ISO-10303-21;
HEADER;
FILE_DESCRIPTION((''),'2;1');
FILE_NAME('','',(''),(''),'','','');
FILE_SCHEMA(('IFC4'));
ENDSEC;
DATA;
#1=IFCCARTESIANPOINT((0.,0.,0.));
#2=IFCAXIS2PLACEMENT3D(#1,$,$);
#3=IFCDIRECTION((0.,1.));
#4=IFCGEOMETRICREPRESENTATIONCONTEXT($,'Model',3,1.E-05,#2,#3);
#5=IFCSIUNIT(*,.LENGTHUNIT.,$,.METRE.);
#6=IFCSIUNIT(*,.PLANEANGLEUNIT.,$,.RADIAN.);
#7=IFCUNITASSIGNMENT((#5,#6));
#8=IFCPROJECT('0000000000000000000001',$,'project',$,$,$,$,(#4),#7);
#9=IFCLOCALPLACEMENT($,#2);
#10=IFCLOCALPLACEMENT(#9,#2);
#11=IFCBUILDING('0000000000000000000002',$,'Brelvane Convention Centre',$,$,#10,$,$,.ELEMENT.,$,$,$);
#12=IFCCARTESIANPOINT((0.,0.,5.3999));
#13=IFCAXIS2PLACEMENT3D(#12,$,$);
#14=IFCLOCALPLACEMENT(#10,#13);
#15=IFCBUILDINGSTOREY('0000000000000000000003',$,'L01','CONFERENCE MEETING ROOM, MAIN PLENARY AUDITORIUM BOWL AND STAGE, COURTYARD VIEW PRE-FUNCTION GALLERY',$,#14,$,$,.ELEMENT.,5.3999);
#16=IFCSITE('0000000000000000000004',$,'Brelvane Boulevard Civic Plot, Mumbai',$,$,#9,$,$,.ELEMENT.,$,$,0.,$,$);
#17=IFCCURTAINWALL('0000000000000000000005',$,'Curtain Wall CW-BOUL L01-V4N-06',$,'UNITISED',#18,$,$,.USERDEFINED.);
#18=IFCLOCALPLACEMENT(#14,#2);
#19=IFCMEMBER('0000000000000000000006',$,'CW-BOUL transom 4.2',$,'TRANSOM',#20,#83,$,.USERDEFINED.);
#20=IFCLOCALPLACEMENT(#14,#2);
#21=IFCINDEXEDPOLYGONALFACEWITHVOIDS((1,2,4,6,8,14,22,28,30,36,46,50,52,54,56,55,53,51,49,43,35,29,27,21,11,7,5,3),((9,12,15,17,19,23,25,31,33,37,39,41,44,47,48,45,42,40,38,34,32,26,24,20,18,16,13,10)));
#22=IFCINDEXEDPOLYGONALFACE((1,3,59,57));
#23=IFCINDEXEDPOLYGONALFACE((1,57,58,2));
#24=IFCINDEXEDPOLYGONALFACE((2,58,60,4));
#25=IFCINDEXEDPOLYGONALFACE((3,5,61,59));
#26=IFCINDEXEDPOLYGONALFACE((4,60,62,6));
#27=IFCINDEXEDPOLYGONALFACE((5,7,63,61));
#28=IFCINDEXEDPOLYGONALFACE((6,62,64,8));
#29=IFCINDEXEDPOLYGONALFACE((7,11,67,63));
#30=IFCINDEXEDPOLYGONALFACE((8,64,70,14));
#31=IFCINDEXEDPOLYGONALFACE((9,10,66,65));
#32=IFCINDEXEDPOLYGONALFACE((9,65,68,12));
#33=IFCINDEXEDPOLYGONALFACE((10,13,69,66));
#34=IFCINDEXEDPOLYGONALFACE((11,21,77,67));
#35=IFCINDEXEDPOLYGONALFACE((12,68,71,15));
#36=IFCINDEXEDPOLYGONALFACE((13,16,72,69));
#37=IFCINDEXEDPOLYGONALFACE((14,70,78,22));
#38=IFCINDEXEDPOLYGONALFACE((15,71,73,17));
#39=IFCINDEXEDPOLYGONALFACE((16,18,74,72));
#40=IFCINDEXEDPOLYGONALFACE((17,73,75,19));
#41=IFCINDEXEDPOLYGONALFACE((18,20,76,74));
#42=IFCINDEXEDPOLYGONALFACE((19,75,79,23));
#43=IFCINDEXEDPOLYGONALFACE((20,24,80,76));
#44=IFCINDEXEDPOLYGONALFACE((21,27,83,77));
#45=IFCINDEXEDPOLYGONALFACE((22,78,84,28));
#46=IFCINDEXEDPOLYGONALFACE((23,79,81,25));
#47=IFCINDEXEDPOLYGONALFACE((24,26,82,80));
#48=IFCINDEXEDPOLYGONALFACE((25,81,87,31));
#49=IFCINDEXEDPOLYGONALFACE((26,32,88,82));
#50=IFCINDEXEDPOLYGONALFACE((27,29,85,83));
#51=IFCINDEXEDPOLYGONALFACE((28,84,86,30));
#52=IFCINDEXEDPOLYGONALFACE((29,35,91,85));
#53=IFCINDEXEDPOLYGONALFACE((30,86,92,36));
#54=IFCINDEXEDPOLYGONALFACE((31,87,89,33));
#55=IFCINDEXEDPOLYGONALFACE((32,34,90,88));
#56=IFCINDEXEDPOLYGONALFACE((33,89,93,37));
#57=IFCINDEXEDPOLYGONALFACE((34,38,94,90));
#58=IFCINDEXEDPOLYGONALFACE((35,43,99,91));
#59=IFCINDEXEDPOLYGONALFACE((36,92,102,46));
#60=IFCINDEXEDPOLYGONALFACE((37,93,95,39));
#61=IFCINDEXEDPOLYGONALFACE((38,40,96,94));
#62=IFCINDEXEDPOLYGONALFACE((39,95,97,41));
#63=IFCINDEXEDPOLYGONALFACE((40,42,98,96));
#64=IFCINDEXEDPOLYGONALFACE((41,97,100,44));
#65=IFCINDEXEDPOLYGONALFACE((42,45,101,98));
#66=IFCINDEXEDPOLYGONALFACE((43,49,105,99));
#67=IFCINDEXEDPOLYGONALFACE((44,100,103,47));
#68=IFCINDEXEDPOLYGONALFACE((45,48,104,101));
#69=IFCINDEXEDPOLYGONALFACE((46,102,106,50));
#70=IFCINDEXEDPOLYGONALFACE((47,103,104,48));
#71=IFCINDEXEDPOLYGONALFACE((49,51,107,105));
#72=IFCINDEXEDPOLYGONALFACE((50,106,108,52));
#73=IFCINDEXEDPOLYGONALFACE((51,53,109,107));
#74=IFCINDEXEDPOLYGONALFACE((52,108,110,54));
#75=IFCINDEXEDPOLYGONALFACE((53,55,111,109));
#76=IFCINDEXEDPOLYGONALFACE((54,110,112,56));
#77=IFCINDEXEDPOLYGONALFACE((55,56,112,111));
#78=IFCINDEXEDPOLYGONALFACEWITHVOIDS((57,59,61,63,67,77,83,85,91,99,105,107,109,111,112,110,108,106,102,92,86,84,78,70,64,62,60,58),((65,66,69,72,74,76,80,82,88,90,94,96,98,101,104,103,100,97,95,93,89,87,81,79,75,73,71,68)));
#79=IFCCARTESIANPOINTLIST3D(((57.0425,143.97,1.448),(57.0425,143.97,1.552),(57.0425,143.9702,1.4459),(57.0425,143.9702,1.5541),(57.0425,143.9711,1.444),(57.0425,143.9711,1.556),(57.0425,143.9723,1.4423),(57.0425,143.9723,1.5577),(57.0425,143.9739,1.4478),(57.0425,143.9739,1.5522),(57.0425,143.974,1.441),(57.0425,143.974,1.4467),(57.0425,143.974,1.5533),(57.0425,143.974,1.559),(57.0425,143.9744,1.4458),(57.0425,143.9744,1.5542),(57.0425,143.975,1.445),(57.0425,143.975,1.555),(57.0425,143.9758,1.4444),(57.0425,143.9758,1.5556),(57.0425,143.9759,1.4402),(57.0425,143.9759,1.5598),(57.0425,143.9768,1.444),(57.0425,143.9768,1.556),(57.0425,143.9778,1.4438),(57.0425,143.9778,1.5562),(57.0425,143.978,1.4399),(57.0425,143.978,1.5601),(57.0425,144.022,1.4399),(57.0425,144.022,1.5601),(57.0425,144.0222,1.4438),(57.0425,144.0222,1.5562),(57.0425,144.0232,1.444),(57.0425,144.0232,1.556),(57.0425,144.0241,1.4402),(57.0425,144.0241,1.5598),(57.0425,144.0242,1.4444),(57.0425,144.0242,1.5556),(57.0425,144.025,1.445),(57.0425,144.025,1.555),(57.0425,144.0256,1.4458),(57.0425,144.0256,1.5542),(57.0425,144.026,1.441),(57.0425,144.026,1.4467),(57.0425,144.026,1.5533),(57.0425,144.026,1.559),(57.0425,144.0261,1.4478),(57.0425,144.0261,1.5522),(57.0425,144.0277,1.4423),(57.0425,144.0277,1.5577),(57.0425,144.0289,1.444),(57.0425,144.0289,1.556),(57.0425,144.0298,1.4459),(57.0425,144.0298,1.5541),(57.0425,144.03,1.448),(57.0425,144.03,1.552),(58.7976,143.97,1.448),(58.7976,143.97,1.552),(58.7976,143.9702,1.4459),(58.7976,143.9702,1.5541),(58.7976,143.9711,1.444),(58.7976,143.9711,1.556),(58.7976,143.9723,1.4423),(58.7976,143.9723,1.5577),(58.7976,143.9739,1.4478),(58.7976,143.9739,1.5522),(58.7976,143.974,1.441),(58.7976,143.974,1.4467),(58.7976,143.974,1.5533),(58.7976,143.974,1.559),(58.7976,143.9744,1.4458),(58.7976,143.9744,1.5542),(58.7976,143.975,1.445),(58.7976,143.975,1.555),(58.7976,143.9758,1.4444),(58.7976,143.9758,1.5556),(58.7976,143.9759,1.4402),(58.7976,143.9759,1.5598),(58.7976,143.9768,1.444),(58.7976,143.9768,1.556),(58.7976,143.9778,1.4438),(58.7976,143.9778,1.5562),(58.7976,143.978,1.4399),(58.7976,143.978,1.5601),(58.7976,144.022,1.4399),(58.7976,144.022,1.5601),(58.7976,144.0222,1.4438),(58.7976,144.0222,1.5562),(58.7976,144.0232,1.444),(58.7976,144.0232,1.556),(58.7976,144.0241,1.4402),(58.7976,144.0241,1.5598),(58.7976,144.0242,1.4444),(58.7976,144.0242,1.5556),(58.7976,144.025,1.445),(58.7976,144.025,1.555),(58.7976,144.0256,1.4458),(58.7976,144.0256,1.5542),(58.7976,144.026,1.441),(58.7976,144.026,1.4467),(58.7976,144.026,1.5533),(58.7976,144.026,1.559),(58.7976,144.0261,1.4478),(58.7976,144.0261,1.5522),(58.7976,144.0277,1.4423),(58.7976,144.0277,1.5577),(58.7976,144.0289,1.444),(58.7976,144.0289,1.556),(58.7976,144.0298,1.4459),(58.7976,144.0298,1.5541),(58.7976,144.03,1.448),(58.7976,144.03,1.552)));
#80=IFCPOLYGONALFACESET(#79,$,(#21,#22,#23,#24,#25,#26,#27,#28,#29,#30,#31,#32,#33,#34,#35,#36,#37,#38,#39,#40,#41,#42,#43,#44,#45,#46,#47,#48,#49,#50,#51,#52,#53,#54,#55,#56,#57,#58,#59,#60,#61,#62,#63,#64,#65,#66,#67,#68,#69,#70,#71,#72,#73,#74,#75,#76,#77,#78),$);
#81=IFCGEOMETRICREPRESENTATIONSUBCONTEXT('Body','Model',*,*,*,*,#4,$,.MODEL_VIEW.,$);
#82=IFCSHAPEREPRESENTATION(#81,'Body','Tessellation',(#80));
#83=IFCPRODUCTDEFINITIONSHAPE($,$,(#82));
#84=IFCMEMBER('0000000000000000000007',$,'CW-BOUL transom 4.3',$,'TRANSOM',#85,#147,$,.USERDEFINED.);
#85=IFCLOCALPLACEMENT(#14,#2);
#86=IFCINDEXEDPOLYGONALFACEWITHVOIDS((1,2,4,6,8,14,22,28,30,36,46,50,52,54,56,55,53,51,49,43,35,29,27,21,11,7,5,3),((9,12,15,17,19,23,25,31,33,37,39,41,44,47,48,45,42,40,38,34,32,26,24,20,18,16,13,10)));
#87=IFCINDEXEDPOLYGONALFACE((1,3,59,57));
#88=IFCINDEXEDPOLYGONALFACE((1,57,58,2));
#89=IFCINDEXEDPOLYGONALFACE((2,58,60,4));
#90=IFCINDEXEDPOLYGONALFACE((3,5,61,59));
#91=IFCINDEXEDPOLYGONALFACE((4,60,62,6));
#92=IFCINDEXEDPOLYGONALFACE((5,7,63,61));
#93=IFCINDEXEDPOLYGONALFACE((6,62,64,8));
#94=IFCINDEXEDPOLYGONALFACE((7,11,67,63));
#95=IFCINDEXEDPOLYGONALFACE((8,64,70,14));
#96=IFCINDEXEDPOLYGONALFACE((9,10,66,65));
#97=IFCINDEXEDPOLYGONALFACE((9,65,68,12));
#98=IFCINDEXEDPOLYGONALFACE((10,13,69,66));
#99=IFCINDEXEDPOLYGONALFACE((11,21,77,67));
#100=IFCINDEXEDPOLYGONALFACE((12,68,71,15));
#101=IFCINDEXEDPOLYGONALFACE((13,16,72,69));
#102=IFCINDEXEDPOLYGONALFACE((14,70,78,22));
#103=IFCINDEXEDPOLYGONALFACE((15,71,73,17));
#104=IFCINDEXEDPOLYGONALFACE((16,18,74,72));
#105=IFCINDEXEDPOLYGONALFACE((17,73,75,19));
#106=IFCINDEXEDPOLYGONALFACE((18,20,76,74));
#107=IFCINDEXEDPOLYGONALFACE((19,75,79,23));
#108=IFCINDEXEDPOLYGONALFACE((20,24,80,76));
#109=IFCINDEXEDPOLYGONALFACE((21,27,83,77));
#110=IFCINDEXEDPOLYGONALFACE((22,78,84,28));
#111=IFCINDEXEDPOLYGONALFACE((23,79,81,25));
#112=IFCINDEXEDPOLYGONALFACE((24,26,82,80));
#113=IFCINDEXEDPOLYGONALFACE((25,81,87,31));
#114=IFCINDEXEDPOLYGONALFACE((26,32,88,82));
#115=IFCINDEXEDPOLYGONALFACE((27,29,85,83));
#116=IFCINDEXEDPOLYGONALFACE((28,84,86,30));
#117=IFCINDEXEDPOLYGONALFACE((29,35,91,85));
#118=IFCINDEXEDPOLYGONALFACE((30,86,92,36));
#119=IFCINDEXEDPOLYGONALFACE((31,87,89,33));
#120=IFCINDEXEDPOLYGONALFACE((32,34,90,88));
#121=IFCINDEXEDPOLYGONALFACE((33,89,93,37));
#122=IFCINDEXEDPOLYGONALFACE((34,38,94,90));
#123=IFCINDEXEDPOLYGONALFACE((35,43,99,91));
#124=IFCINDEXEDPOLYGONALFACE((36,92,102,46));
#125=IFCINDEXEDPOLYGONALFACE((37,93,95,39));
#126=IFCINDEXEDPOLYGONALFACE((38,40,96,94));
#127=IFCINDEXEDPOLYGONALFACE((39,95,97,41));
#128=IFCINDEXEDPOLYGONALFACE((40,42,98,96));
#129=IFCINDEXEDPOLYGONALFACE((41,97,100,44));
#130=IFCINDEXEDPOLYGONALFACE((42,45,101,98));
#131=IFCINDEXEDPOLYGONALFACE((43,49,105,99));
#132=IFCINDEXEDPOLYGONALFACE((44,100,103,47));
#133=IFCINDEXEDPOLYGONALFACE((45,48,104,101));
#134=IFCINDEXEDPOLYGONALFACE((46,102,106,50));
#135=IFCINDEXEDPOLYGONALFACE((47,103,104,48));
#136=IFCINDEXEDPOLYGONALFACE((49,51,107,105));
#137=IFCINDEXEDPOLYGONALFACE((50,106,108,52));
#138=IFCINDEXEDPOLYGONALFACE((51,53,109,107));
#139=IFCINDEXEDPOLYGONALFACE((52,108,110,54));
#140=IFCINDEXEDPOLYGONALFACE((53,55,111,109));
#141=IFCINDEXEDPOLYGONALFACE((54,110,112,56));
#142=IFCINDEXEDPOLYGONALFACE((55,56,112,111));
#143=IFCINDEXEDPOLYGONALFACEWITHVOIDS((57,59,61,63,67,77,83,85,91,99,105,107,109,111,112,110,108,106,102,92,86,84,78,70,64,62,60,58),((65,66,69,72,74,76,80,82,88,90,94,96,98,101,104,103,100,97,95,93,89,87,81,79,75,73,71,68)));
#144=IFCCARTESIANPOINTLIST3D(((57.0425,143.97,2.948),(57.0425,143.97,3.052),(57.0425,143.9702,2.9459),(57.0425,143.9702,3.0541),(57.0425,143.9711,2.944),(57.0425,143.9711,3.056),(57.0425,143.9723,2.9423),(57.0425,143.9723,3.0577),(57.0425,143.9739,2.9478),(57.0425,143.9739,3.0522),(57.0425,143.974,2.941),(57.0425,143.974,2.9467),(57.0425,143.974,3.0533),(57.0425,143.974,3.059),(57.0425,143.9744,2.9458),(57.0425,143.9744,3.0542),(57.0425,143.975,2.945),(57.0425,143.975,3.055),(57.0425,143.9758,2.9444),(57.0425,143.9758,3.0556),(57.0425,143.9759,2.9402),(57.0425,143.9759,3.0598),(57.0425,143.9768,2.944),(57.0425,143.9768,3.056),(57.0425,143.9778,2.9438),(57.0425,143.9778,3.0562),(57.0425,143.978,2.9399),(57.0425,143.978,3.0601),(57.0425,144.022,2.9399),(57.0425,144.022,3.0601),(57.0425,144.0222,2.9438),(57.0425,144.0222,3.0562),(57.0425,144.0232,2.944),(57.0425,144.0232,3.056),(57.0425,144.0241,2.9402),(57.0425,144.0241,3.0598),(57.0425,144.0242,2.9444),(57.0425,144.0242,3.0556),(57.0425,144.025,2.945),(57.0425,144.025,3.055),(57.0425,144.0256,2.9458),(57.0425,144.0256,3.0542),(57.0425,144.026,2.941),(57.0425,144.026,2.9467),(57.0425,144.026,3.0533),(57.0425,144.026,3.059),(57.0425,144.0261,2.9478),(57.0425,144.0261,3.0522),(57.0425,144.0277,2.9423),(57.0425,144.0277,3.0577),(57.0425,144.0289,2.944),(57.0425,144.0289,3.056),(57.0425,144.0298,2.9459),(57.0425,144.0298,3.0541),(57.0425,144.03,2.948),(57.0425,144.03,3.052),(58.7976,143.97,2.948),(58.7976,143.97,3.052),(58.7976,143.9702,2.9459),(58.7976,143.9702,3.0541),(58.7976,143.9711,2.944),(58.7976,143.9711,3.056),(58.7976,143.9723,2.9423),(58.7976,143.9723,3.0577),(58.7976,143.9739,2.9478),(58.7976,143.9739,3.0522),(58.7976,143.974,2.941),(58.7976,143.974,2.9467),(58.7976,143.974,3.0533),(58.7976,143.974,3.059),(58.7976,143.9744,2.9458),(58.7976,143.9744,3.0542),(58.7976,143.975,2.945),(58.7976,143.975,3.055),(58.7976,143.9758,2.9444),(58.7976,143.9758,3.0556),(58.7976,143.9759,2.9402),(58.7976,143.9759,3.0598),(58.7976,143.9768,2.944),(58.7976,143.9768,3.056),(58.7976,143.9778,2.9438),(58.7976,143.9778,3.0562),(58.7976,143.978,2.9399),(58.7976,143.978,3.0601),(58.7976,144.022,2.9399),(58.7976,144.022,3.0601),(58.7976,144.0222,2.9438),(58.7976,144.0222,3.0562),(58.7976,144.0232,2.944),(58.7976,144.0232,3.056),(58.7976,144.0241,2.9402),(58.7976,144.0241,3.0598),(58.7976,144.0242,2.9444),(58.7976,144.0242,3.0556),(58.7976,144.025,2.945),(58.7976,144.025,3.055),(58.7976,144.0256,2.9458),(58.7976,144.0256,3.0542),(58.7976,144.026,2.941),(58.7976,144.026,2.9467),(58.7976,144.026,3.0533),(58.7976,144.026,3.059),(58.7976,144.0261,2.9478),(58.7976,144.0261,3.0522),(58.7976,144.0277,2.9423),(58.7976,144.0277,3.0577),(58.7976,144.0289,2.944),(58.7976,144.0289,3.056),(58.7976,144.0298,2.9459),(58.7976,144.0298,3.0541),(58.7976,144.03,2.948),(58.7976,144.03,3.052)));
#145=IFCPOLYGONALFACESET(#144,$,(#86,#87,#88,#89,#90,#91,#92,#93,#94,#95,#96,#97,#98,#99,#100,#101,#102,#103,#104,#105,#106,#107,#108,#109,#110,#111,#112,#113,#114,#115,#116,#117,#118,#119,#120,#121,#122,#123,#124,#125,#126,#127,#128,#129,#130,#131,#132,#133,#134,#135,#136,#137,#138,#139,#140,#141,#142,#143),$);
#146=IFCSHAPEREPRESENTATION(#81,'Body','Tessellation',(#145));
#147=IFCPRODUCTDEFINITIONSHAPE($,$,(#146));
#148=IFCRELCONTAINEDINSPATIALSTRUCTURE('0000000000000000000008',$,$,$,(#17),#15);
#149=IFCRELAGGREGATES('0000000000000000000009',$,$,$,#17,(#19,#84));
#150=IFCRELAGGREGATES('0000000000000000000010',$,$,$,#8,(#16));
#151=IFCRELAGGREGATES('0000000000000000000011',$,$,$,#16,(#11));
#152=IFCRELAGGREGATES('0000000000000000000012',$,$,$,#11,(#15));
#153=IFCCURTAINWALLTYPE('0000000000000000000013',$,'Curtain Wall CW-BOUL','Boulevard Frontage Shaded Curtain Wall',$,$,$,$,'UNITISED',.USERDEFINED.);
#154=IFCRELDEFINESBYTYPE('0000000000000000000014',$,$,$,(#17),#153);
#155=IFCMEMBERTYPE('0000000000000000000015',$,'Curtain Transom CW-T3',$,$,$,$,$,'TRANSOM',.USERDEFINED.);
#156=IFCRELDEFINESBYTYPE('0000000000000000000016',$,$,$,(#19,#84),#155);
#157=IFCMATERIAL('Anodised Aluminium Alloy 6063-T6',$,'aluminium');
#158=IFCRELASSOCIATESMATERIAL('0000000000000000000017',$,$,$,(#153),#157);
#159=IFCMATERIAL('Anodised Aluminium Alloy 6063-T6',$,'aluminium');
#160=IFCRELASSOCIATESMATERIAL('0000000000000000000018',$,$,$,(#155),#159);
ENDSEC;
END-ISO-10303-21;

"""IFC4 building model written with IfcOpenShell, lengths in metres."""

from ifc_helpers import new_model, si_unit, direction, frame, origin, origin_2d, place, context, subcontext, project, spatial, hollow_rectangle, extrude, material, material_profile, profile_set, type_object, element, aggregate, save


model = new_model("IFC4")

# Units and contexts
model_context = context("Model", 3, precision=1e-05, world=origin(), true_north=direction((0.0, 1.0)))
body_context = subcontext(model_context, "Body", "Model", "MODEL_VIEW")
ifc_project = project(units=[si_unit("LENGTHUNIT", "METRE"), si_unit("PLANEANGLEUNIT", "RADIAN")], contexts=[model_context])

# Site, building, storey
site_placement = place(None, origin())
site = spatial("IfcSite", under=ifc_project, at=site_placement, Name="Brelvane Boulevard Civic Plot, Mumbai", CompositionType="ELEMENT", RefElevation=0.0)
building_placement = place(site_placement, origin())
building = spatial("IfcBuilding", under=site, at=building_placement, Name="Brelvane Convention Centre", CompositionType="ELEMENT")
storey_placement = place(building_placement, frame((0.0, 0.0, 5.3999)))
storey = spatial("IfcBuildingStorey", under=building, at=storey_placement, Name="L01", Description="CONFERENCE MEETING ROOM, MAIN PLENARY AUDITORIUM BOWL AND STAGE, COURTYARD VIEW PRE-FUNCTION GALLERY", CompositionType="ELEMENT", Elevation=5.3999)

# Curtain wall, members
ifc_material_1 = material(Name="Anodised Aluminium Alloy 6063-T6", Category="aluminium")
curtain_wall_type = type_object("IfcCurtainWallType", Name="Curtain Wall CW-BOUL", Description="Boulevard Frontage Shaded Curtain Wall", ElementType="UNITISED", PredefinedType="USERDEFINED", material=ifc_material_1)
curtain_wall_placement = place(storey_placement, origin())
curtain_wall = element("IfcCurtainWall", 1, at=curtain_wall_placement, inside=storey, type_object=curtain_wall_type, Name="Curtain Wall CW-BOUL L01-V4N-06", ObjectType="UNITISED", PredefinedType="USERDEFINED")
ifc_material_2 = material(Name="Anodised Aluminium Alloy 6063-T6", Category="aluminium")
ifc_material_profile_1 = material_profile(ifc_material_2, hollow_rectangle(XDim=0.0601, YDim=0.1201, WallThickness=0.0039, InnerFilletRadius=0.0039, OuterFilletRadius=0.0081, at=origin_2d()), Name="ALU-T 120x60x4.0")
ifc_profile_set_1 = profile_set([ifc_material_profile_1], Name="Anodised Aluminium Alloy 6063-T6")
member_type_1 = type_object("IfcMemberType", Name="Curtain Transom CW-T3", ElementType="TRANSOM", PredefinedType="USERDEFINED", material=ifc_profile_set_1)
member_1_placement = place(storey_placement, frame((57.0425, 144.0, 1.5), z_axis=(1.0, 0.0, 0.0), x_axis=(0.0, 1.0, 0.0)))
member_1 = element("IfcMember", 2, at=member_1_placement, type_object=member_type_1, Name="CW-BOUL transom 4.2", ObjectType="TRANSOM", PredefinedType="USERDEFINED", context=body_context, shape_type="SweptSolid", body=[
    extrude(hollow_rectangle(XDim=0.0601, YDim=0.1201, WallThickness=0.0039, InnerFilletRadius=0.0039, OuterFilletRadius=0.0081, at=origin_2d()), origin(), (0.0, 0.0, 1.0), 1.7551),
])
member_2_placement = place(storey_placement, frame((57.0425, 144.0, 3.0), z_axis=(1.0, 0.0, 0.0), x_axis=(0.0, 1.0, 0.0)))
member_2 = element("IfcMember", 3, at=member_2_placement, type_object=member_type_1, Name="CW-BOUL transom 4.3", ObjectType="TRANSOM", PredefinedType="USERDEFINED", context=body_context, shape_type="SweptSolid", body=[
    extrude(hollow_rectangle(XDim=0.0601, YDim=0.1201, WallThickness=0.0039, InnerFilletRadius=0.0039, OuterFilletRadius=0.0081, at=origin_2d()), origin(), (0.0, 0.0, 1.0), 1.7551),
])

aggregate(curtain_wall, [member_1, member_2])

save(model, "model.ifc")
